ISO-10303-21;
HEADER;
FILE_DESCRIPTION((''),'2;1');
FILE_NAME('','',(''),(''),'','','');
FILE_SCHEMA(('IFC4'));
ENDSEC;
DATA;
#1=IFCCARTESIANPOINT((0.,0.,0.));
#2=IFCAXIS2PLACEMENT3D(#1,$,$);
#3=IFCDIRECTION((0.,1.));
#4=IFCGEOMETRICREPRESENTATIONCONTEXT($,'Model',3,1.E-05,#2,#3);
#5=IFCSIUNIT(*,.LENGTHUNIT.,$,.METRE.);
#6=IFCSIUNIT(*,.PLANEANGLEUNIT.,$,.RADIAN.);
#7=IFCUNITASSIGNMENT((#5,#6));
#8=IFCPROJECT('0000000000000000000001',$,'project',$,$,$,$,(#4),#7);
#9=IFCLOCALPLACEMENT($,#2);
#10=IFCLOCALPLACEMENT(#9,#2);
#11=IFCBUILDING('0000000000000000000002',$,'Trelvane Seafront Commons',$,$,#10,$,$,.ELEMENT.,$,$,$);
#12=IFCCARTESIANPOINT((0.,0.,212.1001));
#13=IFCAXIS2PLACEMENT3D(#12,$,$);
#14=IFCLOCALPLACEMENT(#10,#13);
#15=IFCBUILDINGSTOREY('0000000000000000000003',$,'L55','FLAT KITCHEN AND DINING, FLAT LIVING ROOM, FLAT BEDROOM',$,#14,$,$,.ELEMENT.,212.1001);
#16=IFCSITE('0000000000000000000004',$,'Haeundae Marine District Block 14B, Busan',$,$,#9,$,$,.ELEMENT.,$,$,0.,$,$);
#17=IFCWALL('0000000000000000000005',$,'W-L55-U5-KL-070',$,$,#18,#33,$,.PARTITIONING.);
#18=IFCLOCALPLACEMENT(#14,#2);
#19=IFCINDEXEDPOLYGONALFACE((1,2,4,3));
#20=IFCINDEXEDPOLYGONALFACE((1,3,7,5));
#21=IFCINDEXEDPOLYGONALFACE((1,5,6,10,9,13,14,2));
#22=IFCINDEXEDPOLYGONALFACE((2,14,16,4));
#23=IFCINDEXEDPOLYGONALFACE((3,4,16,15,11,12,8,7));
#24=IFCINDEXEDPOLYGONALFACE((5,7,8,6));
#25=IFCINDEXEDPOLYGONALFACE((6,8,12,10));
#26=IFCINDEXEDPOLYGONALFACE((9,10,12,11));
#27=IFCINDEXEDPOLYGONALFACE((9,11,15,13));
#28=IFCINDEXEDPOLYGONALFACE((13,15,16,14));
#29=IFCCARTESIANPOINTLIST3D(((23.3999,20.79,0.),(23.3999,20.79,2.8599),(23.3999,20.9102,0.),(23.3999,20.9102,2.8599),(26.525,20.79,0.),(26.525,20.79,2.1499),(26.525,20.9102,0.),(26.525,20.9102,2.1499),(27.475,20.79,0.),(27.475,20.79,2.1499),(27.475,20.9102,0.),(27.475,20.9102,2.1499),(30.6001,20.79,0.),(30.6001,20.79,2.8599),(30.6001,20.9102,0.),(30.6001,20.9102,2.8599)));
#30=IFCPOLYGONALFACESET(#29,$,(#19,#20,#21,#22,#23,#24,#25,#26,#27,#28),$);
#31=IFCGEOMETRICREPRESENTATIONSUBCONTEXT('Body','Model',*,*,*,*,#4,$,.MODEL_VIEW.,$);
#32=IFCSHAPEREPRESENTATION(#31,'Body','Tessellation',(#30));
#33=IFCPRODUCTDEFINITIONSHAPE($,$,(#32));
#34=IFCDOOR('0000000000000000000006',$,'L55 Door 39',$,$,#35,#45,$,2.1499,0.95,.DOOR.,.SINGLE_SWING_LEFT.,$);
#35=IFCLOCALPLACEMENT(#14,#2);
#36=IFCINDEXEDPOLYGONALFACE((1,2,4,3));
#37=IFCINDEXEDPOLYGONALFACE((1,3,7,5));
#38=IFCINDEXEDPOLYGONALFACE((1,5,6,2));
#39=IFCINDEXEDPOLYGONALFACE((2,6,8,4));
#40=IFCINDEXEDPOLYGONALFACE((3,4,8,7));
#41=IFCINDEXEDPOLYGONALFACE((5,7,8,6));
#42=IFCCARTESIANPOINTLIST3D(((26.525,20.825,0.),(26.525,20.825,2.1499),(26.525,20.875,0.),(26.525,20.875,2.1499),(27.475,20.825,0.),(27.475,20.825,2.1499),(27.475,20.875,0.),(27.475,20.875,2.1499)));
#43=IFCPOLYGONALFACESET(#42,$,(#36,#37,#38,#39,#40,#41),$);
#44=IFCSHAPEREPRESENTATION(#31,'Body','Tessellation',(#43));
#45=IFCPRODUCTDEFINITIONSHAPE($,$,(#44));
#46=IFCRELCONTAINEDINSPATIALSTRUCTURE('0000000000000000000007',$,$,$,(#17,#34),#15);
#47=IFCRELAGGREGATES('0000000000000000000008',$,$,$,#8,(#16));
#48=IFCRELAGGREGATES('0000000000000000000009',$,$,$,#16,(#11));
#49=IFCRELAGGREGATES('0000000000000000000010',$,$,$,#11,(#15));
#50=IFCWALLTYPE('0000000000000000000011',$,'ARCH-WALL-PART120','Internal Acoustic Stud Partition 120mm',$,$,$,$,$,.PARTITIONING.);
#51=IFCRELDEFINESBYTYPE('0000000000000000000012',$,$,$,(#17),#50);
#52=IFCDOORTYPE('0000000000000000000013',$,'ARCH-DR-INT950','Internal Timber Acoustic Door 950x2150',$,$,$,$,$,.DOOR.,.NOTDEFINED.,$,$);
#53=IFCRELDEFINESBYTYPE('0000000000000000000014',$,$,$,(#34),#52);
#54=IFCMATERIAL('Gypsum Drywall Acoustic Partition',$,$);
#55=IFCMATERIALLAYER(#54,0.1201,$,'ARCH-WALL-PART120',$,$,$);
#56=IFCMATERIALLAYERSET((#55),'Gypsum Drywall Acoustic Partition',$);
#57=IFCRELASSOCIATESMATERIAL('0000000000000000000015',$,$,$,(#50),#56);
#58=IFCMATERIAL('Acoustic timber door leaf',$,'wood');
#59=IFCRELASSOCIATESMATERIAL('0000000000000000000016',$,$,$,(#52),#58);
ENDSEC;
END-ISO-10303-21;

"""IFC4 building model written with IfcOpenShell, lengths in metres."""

from ifc_helpers import new_model, si_unit, direction, frame, frame_2d, origin, place, context, subcontext, project, spatial, rectangle, extrude, source, transform, mapped, material, layer, layer_set, type_object, element, fill, save


model = new_model("IFC4")

# Units and contexts
model_context = context("Model", 3, precision=1e-05, world=origin(), true_north=direction((0.0, 1.0)))
body_context = subcontext(model_context, "Body", "Model", "MODEL_VIEW")
ifc_project = project(units=[si_unit("LENGTHUNIT", "METRE"), si_unit("PLANEANGLEUNIT", "RADIAN")], contexts=[model_context])

# Site, building, storey
site_placement = place(None, origin())
site = spatial("IfcSite", under=ifc_project, at=site_placement, Name="Haeundae Marine District Block 14B, Busan", CompositionType="ELEMENT", RefElevation=0.0)
building_placement = place(site_placement, origin())
building = spatial("IfcBuilding", under=site, at=building_placement, Name="Trelvane Seafront Commons", CompositionType="ELEMENT")
storey_placement = place(building_placement, frame((0.0, 0.0, 212.1001)))
storey = spatial("IfcBuildingStorey", under=building, at=storey_placement, Name="L55", Description="FLAT KITCHEN AND DINING, FLAT LIVING ROOM, FLAT BEDROOM", CompositionType="ELEMENT", Elevation=212.1001)

# Wall, opening, door
ifc_material_1 = material(Name="Gypsum Drywall Acoustic Partition")
ifc_layer = layer(ifc_material_1, 0.1201, Name="ARCH-WALL-PART120")
ifc_layer_set = layer_set([ifc_layer], Name="Gypsum Drywall Acoustic Partition")
wall_type = type_object("IfcWallType", Name="ARCH-WALL-PART120", Description="Internal Acoustic Stud Partition 120mm", PredefinedType="PARTITIONING", material=ifc_layer_set)
ifc_material_2 = material(Name="Acoustic timber door leaf", Category="wood")
door_type = type_object("IfcDoorType", Name="ARCH-DR-INT950", Description="Internal Timber Acoustic Door 950x2150", OperationType="NOTDEFINED", PredefinedType="DOOR", material=ifc_material_2)
shared_shape_1 = source(origin(), body_context, "Body", "SweptSolid", [
    extrude(rectangle(XDim=0.95, YDim=2.1499, at=frame_2d((0.4751, 1.075))), frame((0.0, 0.0249, 0.0), z_axis=(0.0, -1.0, 0.0), x_axis=(1.0, 0.0, 0.0)), (0.0, 0.0, 1.0), 0.05),
])
wall_1_placement = place(storey_placement, frame((23.3999, 20.8501, 0.0), z_axis=(0.0, 0.0, 1.0), x_axis=(1.0, 0.0, 0.0)))
wall_1 = element("IfcWall", 1, at=wall_1_placement, inside=storey, type_object=wall_type, Name="W-L55-U5-KL-070", PredefinedType="PARTITIONING", context=body_context, shape_type="SweptSolid", body=[
    extrude(rectangle(XDim=7.2002, YDim=0.1201, at=frame_2d((3.6001, 0.0))), origin(), (0.0, 0.0, 1.0), 2.8599),
])
opening_1_placement = place(wall_1_placement, frame((3.125, 0.0, 0.0)))
opening_1 = element("IfcOpeningElement", 2, at=opening_1_placement, cuts=wall_1, PredefinedType="OPENING", context=body_context, shape_type="SweptSolid", body=[
    extrude(rectangle(XDim=0.95, YDim=2.1499, at=frame_2d((0.4751, 1.075))), frame((0.0, 0.0701, 0.0), z_axis=(0.0, -1.0, 0.0), x_axis=(1.0, 0.0, 0.0)), (0.0, 0.0, 1.0), 0.1401),
])
door_1_placement = place(opening_1_placement, origin())
door_1 = element("IfcDoor", 3, at=door_1_placement, inside=storey, type_object=door_type, Name="L55 Door 39", OperationType="SINGLE_SWING_LEFT", OverallHeight=2.1499, OverallWidth=0.95, PredefinedType="DOOR", context=body_context, shape_type="MappedRepresentation", body=[
    mapped(shared_shape_1, transform((0.0, 0.0, 0.0), x_axis=(1.0, 0.0, 0.0), y_axis=(0.0, 1.0, 0.0), z_axis=(0.0, 0.0, 1.0), scale=1.0)),
])
fill(opening_1, door_1)

save(model, "model.ifc")
